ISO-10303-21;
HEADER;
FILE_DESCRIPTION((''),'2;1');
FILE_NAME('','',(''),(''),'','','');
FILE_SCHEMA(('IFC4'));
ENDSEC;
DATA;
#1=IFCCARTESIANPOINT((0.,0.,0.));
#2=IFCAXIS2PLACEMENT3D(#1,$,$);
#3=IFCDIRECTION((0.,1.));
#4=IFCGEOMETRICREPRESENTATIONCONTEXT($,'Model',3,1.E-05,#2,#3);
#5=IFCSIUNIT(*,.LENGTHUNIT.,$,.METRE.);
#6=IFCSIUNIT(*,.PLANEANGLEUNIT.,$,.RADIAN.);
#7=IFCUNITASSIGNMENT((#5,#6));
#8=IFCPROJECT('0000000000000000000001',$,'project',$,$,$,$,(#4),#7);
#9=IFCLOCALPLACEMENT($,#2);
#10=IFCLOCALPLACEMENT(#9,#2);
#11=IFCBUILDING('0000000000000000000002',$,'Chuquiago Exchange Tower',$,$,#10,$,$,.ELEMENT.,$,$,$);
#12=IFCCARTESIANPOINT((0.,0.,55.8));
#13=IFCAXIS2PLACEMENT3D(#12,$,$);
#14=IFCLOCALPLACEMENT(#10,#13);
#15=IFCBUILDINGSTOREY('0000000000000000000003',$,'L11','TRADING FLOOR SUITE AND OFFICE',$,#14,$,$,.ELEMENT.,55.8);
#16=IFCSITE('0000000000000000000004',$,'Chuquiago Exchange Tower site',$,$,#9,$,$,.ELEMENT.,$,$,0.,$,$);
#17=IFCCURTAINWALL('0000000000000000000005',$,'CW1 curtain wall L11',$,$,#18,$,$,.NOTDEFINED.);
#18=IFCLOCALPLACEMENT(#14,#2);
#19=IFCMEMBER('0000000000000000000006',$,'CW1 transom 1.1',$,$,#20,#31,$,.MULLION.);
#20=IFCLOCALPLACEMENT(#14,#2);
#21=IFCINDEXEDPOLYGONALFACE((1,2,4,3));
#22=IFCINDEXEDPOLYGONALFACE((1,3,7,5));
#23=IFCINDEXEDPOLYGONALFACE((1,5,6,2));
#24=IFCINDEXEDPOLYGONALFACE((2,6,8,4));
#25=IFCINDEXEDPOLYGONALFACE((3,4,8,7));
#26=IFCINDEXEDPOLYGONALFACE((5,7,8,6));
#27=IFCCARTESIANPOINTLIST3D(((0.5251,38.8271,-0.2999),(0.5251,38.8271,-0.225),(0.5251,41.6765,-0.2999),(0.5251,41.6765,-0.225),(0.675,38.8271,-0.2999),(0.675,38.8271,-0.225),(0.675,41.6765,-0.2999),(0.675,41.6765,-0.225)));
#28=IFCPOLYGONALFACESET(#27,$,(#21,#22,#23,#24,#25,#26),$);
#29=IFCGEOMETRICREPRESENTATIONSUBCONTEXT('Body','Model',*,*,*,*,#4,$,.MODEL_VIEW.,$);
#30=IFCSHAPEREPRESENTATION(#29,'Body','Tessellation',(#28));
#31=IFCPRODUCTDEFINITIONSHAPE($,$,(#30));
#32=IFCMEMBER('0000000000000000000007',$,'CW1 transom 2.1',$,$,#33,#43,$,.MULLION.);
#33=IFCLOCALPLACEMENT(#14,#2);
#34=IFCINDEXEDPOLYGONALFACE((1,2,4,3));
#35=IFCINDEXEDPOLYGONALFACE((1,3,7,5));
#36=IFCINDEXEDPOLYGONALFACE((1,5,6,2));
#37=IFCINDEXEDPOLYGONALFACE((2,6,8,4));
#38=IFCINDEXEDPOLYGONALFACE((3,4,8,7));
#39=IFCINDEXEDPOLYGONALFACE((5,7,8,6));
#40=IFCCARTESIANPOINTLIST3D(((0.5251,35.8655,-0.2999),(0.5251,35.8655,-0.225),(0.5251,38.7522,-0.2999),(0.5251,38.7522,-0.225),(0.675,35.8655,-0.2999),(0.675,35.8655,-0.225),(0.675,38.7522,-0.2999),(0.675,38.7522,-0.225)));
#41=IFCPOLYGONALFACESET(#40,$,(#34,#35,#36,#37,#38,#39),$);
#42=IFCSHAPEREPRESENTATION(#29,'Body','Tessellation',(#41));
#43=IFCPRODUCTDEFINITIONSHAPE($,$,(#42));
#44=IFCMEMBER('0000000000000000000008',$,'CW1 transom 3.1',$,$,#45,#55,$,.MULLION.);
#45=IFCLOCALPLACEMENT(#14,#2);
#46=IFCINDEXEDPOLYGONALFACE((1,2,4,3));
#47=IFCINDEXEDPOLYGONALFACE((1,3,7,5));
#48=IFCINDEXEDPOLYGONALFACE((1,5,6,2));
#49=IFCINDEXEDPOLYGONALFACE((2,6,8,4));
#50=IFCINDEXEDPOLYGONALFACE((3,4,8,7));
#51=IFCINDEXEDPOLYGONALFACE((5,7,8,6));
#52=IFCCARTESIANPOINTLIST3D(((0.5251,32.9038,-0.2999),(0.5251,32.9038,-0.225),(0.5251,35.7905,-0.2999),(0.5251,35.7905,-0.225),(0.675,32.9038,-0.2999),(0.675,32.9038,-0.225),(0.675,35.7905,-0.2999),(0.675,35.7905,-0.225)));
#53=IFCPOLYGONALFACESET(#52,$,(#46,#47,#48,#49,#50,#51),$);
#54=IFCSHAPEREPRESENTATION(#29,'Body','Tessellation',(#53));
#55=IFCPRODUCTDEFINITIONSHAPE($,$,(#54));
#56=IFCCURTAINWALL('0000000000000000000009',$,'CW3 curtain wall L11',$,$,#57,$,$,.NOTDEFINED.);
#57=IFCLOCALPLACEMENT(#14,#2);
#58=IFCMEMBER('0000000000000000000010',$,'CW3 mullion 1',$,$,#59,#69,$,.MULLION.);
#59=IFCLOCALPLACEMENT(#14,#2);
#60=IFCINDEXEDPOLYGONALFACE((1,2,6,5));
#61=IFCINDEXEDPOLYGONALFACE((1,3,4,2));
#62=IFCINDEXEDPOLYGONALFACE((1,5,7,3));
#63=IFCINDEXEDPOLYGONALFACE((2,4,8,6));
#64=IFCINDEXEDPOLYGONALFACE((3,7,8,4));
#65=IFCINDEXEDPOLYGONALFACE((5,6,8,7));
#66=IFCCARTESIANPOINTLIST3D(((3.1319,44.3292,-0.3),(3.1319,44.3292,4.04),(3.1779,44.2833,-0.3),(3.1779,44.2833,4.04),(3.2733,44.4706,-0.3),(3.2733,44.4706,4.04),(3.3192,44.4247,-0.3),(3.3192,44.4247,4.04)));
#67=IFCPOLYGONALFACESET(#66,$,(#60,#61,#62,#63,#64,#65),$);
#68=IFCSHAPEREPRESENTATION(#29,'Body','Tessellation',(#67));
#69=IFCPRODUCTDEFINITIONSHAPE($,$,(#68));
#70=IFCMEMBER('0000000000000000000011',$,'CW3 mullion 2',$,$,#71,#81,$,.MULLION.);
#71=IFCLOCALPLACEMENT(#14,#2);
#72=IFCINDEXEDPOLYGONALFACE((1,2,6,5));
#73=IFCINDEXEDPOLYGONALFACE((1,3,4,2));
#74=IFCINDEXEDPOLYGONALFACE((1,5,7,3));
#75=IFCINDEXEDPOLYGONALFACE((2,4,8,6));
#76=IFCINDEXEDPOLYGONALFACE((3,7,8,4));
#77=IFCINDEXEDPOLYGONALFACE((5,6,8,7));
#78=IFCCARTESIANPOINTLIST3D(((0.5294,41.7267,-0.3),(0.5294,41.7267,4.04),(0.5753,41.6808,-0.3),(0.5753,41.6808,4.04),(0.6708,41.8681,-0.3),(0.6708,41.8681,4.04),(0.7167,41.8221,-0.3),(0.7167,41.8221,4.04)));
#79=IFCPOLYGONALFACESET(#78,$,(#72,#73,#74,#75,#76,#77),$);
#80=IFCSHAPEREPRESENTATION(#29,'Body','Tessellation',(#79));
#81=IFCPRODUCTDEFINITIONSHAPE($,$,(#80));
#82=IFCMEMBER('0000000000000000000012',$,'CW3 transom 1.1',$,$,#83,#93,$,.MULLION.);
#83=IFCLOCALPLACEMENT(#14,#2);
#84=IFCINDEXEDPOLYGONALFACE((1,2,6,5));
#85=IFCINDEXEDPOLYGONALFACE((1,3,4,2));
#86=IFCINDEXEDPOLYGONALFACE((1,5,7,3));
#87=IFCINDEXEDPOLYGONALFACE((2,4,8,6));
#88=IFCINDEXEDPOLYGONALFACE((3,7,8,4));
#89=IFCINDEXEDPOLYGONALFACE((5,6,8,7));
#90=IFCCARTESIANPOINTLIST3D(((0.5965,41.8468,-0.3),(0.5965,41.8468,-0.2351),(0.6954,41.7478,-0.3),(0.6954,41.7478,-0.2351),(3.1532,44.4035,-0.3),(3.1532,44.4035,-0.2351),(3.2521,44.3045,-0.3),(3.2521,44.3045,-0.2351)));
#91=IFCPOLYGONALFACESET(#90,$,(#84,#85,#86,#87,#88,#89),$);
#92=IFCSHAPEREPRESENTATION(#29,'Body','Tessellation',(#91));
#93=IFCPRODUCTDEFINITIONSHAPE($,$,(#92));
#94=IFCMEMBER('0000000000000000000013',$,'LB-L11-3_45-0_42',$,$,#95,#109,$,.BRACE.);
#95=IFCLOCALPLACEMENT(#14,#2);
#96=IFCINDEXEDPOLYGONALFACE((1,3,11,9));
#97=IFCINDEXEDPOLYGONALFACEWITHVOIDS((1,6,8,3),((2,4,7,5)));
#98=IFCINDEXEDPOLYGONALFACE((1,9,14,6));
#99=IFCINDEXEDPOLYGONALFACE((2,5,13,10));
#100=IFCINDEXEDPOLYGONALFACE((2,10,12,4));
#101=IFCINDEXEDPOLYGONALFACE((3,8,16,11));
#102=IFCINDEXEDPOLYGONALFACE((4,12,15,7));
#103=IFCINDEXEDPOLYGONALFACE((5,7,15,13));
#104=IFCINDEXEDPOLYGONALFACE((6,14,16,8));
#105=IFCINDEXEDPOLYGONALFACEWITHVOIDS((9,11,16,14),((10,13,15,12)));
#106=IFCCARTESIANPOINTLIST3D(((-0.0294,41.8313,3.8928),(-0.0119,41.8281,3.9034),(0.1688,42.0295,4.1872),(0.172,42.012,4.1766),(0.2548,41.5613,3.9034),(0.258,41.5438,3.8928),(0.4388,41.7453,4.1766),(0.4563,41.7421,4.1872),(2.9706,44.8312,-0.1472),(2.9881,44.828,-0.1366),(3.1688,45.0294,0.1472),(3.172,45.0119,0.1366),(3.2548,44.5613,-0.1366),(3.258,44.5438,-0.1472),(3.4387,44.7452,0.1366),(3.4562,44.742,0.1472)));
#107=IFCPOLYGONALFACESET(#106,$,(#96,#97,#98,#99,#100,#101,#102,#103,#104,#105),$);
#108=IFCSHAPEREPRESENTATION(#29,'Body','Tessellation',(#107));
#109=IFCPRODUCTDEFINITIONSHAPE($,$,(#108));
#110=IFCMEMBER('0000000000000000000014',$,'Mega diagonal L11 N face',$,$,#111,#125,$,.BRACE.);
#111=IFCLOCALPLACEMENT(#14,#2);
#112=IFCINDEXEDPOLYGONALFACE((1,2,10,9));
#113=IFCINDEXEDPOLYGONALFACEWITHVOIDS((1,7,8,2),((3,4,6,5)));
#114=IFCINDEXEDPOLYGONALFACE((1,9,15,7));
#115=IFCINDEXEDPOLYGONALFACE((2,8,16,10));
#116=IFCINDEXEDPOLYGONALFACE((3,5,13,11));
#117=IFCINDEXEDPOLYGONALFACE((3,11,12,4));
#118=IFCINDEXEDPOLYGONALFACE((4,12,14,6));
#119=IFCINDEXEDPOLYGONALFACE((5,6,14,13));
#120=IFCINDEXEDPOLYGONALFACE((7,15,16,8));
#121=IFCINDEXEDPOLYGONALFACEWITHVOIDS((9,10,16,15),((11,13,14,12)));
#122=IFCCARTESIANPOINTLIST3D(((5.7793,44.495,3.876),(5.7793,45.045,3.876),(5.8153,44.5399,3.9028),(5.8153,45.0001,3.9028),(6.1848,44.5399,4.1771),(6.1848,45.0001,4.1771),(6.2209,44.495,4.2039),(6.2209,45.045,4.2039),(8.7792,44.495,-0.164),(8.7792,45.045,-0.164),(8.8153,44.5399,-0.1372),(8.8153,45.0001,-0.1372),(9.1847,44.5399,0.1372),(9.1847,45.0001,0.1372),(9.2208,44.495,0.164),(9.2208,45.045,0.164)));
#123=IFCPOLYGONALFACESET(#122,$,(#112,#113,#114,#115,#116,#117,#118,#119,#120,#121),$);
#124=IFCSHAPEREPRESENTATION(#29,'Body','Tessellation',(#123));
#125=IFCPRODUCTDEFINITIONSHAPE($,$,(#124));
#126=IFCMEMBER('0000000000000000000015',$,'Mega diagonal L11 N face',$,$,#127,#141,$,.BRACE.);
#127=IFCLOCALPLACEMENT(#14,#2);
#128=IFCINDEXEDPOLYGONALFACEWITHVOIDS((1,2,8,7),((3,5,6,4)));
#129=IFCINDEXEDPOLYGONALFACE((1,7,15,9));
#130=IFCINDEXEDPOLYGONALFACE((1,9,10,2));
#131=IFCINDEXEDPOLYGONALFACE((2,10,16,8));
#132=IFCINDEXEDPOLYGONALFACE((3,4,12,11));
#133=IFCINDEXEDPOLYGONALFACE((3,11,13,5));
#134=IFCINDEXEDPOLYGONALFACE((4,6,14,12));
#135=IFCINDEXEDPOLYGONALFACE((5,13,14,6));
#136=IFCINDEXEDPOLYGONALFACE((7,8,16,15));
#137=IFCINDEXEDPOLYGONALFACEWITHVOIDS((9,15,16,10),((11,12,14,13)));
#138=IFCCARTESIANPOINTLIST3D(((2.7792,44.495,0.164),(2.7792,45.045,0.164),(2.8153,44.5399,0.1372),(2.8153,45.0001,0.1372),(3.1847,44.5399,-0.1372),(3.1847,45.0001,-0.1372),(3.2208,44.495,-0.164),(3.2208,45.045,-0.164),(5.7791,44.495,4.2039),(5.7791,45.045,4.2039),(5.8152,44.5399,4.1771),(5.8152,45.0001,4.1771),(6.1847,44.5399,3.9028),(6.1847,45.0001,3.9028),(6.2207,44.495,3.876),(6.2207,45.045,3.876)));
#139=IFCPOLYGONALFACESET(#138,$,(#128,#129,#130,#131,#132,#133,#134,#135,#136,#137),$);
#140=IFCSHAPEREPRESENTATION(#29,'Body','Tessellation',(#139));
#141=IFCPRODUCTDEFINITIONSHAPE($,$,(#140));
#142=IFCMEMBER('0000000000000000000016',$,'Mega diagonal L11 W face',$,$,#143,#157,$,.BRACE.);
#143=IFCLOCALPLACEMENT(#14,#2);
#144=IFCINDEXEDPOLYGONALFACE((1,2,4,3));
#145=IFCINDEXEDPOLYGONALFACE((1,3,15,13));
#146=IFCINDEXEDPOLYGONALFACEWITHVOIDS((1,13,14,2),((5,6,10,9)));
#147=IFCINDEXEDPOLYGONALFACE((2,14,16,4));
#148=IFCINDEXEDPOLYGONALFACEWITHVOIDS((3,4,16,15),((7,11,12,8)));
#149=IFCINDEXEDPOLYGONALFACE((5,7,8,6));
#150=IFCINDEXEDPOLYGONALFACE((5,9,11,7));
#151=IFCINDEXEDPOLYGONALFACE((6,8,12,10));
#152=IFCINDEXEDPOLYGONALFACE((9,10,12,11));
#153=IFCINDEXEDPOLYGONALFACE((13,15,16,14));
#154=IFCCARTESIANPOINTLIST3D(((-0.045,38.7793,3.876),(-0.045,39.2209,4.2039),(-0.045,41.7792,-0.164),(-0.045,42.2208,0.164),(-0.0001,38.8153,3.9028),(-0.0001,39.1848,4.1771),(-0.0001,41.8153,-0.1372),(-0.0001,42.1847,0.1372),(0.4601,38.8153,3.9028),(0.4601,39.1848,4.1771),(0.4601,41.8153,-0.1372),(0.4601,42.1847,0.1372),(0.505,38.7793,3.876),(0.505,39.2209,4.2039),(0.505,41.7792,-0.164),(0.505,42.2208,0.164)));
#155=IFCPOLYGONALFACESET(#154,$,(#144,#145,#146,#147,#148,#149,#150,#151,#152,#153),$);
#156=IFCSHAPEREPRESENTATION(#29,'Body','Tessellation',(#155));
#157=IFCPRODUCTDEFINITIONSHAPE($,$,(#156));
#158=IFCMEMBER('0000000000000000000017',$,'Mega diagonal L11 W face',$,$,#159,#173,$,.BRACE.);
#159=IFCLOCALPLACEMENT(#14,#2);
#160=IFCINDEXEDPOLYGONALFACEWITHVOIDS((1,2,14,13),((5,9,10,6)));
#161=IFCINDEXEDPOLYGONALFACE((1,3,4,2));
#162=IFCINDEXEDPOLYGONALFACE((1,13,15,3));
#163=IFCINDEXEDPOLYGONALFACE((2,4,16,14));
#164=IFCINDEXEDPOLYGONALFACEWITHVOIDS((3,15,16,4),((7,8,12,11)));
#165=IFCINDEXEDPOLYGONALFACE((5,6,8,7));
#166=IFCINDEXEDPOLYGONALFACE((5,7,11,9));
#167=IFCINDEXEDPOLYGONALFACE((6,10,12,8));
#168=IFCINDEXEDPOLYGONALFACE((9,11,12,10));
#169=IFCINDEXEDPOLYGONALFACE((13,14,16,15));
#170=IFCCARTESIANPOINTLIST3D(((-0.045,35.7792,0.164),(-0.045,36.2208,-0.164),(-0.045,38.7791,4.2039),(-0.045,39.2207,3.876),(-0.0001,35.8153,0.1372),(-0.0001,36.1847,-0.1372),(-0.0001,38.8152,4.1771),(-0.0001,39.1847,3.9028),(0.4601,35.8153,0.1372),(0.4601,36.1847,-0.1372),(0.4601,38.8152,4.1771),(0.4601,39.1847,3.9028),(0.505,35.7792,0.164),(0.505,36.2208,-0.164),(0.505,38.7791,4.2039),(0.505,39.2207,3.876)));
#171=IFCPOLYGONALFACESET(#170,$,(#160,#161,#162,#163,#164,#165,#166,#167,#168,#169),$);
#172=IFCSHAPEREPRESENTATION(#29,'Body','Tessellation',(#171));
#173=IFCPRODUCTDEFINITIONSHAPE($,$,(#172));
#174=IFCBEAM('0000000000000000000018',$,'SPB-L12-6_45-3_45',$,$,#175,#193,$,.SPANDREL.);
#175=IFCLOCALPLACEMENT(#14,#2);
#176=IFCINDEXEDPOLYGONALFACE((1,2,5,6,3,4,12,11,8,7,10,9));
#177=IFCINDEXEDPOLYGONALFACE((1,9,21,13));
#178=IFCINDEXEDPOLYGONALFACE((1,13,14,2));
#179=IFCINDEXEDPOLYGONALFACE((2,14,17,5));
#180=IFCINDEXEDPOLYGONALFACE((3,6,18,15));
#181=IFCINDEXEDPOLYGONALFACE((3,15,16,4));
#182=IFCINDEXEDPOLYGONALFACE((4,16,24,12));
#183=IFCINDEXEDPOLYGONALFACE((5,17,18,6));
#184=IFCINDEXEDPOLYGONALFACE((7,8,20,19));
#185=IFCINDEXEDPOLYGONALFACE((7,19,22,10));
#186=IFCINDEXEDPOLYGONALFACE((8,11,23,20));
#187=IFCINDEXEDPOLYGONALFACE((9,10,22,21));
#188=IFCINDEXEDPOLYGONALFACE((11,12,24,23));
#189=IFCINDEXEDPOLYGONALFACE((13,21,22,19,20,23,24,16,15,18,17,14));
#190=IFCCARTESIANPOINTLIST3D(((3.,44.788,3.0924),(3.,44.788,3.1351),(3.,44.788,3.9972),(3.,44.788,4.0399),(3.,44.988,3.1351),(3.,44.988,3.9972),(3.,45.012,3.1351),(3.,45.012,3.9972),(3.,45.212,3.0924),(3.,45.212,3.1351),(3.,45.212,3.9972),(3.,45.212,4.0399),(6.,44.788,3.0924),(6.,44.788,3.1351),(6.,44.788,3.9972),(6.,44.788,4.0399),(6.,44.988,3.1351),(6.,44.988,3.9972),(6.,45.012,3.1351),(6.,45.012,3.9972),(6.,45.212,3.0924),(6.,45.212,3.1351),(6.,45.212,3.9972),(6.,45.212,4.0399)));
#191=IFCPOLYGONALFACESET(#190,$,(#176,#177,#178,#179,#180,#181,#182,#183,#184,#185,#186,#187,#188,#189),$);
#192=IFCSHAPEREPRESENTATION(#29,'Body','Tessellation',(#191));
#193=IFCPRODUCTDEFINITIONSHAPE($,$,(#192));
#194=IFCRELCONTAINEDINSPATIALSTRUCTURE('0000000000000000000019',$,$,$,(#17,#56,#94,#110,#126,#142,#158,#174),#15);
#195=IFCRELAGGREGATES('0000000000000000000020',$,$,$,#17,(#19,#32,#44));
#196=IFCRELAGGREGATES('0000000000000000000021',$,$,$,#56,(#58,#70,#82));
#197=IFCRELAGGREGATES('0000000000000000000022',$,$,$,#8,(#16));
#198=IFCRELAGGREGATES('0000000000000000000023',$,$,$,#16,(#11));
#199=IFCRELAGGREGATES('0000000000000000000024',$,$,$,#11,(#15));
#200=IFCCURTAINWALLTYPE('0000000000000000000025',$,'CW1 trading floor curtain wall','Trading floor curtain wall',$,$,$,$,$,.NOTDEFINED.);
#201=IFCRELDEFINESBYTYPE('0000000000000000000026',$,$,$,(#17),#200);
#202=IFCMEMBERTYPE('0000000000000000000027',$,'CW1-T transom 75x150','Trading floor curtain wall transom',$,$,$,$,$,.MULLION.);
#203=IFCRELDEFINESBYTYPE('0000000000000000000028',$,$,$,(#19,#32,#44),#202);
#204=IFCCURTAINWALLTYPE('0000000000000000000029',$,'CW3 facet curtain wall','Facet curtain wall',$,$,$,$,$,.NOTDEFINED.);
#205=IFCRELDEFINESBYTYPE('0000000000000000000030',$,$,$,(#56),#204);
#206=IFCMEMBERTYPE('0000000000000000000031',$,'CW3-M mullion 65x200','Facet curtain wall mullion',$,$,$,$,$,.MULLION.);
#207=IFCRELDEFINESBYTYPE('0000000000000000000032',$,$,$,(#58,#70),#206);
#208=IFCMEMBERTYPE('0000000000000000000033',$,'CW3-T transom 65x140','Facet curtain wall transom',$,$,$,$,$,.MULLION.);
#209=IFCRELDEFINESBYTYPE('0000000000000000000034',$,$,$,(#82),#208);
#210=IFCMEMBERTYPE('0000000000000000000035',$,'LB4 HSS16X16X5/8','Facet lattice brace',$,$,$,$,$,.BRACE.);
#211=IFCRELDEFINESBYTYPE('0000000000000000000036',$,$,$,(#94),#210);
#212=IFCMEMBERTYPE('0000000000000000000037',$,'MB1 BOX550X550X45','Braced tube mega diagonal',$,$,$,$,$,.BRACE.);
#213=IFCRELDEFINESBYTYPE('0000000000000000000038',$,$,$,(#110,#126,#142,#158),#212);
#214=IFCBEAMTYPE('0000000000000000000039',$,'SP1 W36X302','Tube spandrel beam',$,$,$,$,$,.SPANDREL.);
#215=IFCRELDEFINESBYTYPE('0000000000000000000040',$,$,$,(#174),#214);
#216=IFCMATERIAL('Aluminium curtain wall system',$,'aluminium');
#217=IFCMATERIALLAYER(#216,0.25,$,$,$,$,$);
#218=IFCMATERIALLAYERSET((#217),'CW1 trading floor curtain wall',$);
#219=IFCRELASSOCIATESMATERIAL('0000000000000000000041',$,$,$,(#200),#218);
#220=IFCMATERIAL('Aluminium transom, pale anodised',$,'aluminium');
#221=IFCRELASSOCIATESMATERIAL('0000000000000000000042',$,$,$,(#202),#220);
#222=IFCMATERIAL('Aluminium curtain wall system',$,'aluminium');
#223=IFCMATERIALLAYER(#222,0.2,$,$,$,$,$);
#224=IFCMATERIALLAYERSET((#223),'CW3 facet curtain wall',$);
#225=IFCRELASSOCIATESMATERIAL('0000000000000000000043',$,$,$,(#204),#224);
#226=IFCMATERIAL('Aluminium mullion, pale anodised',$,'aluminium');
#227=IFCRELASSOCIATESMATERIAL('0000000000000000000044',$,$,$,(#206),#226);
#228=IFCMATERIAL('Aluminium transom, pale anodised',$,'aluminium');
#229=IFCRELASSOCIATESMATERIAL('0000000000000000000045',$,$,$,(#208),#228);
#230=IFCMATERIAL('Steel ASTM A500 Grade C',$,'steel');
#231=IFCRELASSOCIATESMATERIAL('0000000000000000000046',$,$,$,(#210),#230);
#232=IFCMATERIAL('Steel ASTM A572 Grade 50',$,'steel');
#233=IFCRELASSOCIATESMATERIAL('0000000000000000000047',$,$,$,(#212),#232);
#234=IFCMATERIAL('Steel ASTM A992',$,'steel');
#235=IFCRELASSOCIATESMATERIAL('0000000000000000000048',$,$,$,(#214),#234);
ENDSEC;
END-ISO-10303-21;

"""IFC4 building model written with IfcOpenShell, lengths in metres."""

from ifc_helpers import new_model, si_unit, direction, frame, origin, origin_2d, place, context, subcontext, project, spatial, rectangle, hollow_rectangle, i_section, extrude, material, layer, layer_set, material_profile, profile_set, type_object, element, aggregate, save


model = new_model("IFC4")

# Units and contexts
model_context = context("Model", 3, precision=1e-05, world=origin(), true_north=direction((0.0, 1.0)))
body_context = subcontext(model_context, "Body", "Model", "MODEL_VIEW")
ifc_project = project(units=[si_unit("LENGTHUNIT", "METRE"), si_unit("PLANEANGLEUNIT", "RADIAN")], contexts=[model_context])

# Site, building, storey
site_placement = place(None, origin())
site = spatial("IfcSite", under=ifc_project, at=site_placement, Name="Chuquiago Exchange Tower site", CompositionType="ELEMENT", RefElevation=0.0)
building_placement = place(site_placement, origin())
building = spatial("IfcBuilding", under=site, at=building_placement, Name="Chuquiago Exchange Tower", CompositionType="ELEMENT")
storey_placement = place(building_placement, frame((0.0, 0.0, 55.8)))
storey = spatial("IfcBuildingStorey", under=building, at=storey_placement, Name="L11", Description="TRADING FLOOR SUITE AND OFFICE", CompositionType="ELEMENT", Elevation=55.8)

# Curtain wall
ifc_material_1 = material(Name="Aluminium curtain wall system", Category="aluminium")
ifc_layer_1 = layer(ifc_material_1, 0.25)
ifc_layer_set_1 = layer_set([ifc_layer_1], Name="CW1 trading floor curtain wall")
curtain_wall_type_1 = type_object("IfcCurtainWallType", Name="CW1 trading floor curtain wall", Description="Trading floor curtain wall", PredefinedType="NOTDEFINED", material=ifc_layer_set_1)
curtain_wall_1_placement = place(storey_placement, origin())
curtain_wall_1 = element("IfcCurtainWall", 1, at=curtain_wall_1_placement, inside=storey, type_object=curtain_wall_type_1, Name="CW1 curtain wall L11", PredefinedType="NOTDEFINED")

# Members
ifc_material_2 = material(Name="Aluminium transom, pale anodised", Category="aluminium")
ifc_material_profile_1 = material_profile(ifc_material_2, rectangle(XDim=0.1499, YDim=0.075, at=origin_2d()), Name="AL 150x75")
ifc_profile_set_1 = profile_set([ifc_material_profile_1], Name="Aluminium transom, pale anodised")
member_type_1 = type_object("IfcMemberType", Name="CW1-T transom 75x150", Description="Trading floor curtain wall transom", PredefinedType="MULLION", material=ifc_profile_set_1)
member_1_placement = place(storey_placement, frame((0.6001, 41.6765, -0.2625), z_axis=(0.0, -1.0, 0.0), x_axis=(1.0, 0.0, 0.0)))
member_1 = element("IfcMember", 2, at=member_1_placement, type_object=member_type_1, Name="CW1 transom 1.1", PredefinedType="MULLION", context=body_context, shape_type="SweptSolid", body=[
    extrude(rectangle(XDim=0.1499, YDim=0.075, at=origin_2d()), origin(), (0.0, 0.0, 1.0), 2.8494),
])
member_2_placement = place(storey_placement, frame((0.6001, 38.7522, -0.2625), z_axis=(0.0, -1.0, 0.0), x_axis=(1.0, 0.0, 0.0)))
member_2 = element("IfcMember", 3, at=member_2_placement, type_object=member_type_1, Name="CW1 transom 2.1", PredefinedType="MULLION", context=body_context, shape_type="SweptSolid", body=[
    extrude(rectangle(XDim=0.1499, YDim=0.075, at=origin_2d()), origin(), (0.0, 0.0, 1.0), 2.8867),
])
member_3_placement = place(storey_placement, frame((0.6001, 35.7905, -0.2625), z_axis=(0.0, -1.0, 0.0), x_axis=(1.0, 0.0, 0.0)))
member_3 = element("IfcMember", 4, at=member_3_placement, type_object=member_type_1, Name="CW1 transom 3.1", PredefinedType="MULLION", context=body_context, shape_type="SweptSolid", body=[
    extrude(rectangle(XDim=0.1499, YDim=0.075, at=origin_2d()), origin(), (0.0, 0.0, 1.0), 2.8867),
])

# Curtain wall, members
ifc_material_3 = material(Name="Aluminium curtain wall system", Category="aluminium")
ifc_layer_2 = layer(ifc_material_3, 0.2)
ifc_layer_set_2 = layer_set([ifc_layer_2], Name="CW3 facet curtain wall")
curtain_wall_type_2 = type_object("IfcCurtainWallType", Name="CW3 facet curtain wall", Description="Facet curtain wall", PredefinedType="NOTDEFINED", material=ifc_layer_set_2)
curtain_wall_2_placement = place(storey_placement, origin())
curtain_wall_2 = element("IfcCurtainWall", 5, at=curtain_wall_2_placement, inside=storey, type_object=curtain_wall_type_2, Name="CW3 curtain wall L11", PredefinedType="NOTDEFINED")
ifc_material_4 = material(Name="Aluminium mullion, pale anodised", Category="aluminium")
ifc_material_profile_2 = material_profile(ifc_material_4, rectangle(XDim=0.0649, YDim=0.2, at=origin_2d()), Name="AL 65x200")
ifc_profile_set_2 = profile_set([ifc_material_profile_2], Name="Aluminium mullion, pale anodised")
member_type_2 = type_object("IfcMemberType", Name="CW3-M mullion 65x200", Description="Facet curtain wall mullion", PredefinedType="MULLION", material=ifc_profile_set_2)
member_4_placement = place(storey_placement, frame((3.2256, 44.377, -0.3), z_axis=(0.0, 0.0, 1.0), x_axis=(0.707107, -0.707107, 0.0)))
member_4 = element("IfcMember", 6, at=member_4_placement, type_object=member_type_2, Name="CW3 mullion 1", PredefinedType="MULLION", context=body_context, shape_type="SweptSolid", body=[
    extrude(rectangle(XDim=0.0649, YDim=0.2, at=origin_2d()), origin(), (0.0, 0.0, 1.0), 4.3401),
])
member_5_placement = place(storey_placement, frame((0.623, 41.7744, -0.3), z_axis=(0.0, 0.0, 1.0), x_axis=(0.707107, -0.707107, 0.0)))
member_5 = element("IfcMember", 7, at=member_5_placement, type_object=member_type_2, Name="CW3 mullion 2", PredefinedType="MULLION", context=body_context, shape_type="SweptSolid", body=[
    extrude(rectangle(XDim=0.0649, YDim=0.2, at=origin_2d()), origin(), (0.0, 0.0, 1.0), 4.3401),
])
ifc_material_5 = material(Name="Aluminium transom, pale anodised", Category="aluminium")
ifc_material_profile_3 = material_profile(ifc_material_5, rectangle(XDim=0.1399, YDim=0.0649, at=origin_2d()), Name="AL 140x65")
ifc_profile_set_3 = profile_set([ifc_material_profile_3], Name="Aluminium transom, pale anodised")
member_type_3 = type_object("IfcMemberType", Name="CW3-T transom 65x140", Description="Facet curtain wall transom", PredefinedType="MULLION", material=ifc_profile_set_3)
member_6_placement = place(storey_placement, frame((3.2026, 44.354, -0.2676), z_axis=(-0.707107, -0.707107, 0.0), x_axis=(0.707107, -0.707107, 0.0)))
member_6 = element("IfcMember", 8, at=member_6_placement, type_object=member_type_3, Name="CW3 transom 1.1", PredefinedType="MULLION", context=body_context, shape_type="SweptSolid", body=[
    extrude(rectangle(XDim=0.1399, YDim=0.0649, at=origin_2d()), origin(), (0.0, 0.0, 1.0), 3.6157),
])

# Members
ifc_material_6 = material(Name="Steel ASTM A500 Grade C", Category="steel")
ifc_material_profile_4 = material_profile(ifc_material_6, hollow_rectangle(XDim=0.4065, YDim=0.4065, WallThickness=0.0146, at=origin_2d()), Name="HSS16X16X5/8")
ifc_profile_set_4 = profile_set([ifc_material_profile_4], Name="Steel ASTM A500 Grade C")
member_type_4 = type_object("IfcMemberType", Name="LB4 HSS16X16X5/8", Description="Facet lattice brace", PredefinedType="BRACE", material=ifc_profile_set_4)
member_7_placement = place(storey_placement, frame((3.2134, 44.7866, 0.0), z_axis=(-0.512077, -0.512077, 0.689604), x_axis=(0.707107, -0.707107, 0.0)))
element("IfcMember", 9, at=member_7_placement, inside=storey, type_object=member_type_4, Name="LB-L11-3_45-0_42", PredefinedType="BRACE", context=body_context, shape_type="SweptSolid", body=[
    extrude(hollow_rectangle(XDim=0.4065, YDim=0.4065, WallThickness=0.0146, at=origin_2d()), origin(), (0.0, 0.0, 1.0), 5.8584),
])
ifc_material_7 = material(Name="Steel ASTM A572 Grade 50", Category="steel")
ifc_material_profile_5 = material_profile(ifc_material_7, hollow_rectangle(XDim=0.55, YDim=0.55, WallThickness=0.0449, at=origin_2d()), Name="BOX550X550X45")
ifc_profile_set_5 = profile_set([ifc_material_profile_5], Name="Steel ASTM A572 Grade 50")
member_type_5 = type_object("IfcMemberType", Name="MB1 BOX550X550X45", Description="Braced tube mega diagonal", PredefinedType="BRACE", material=ifc_profile_set_5)
for number, where, z_axis, x_axis, name in (
    (10, (9.0, 44.77, 0.0), (-0.596174, 0.0, 0.802855), (0.0, -1.0, 0.0), "Mega diagonal L11 N face"),
    (11, (3.0, 44.77, 0.0), (0.596174, 0.0, 0.802855), (0.0, 1.0, 0.0), "Mega diagonal L11 N face"),
    (12, (0.23, 42.0, 0.0), (0.0, -0.596174, 0.802855), (1.0, 0.0, 0.0), "Mega diagonal L11 W face"),
    (13, (0.23, 36.0, 0.0), (0.0, 0.596174, 0.802855), (-1.0, 0.0, 0.0), "Mega diagonal L11 W face"),
):
    element("IfcMember", number, at=place(storey_placement, frame(where, z_axis=z_axis, x_axis=x_axis)), inside=storey, type_object=member_type_5, Name=name, PredefinedType="BRACE", context=body_context, shape_type="SweptSolid", body=[
        extrude(hollow_rectangle(XDim=0.55, YDim=0.55, WallThickness=0.0449, at=origin_2d()), origin(), (0.0, 0.0, 1.0), 5.032),
    ])

# Beam
ifc_material_8 = material(Name="Steel ASTM A992", Category="steel")
ifc_material_profile_6 = material_profile(ifc_material_8, i_section(OverallWidth=0.4241, OverallDepth=0.9475, WebThickness=0.0239, FlangeThickness=0.0427, at=origin_2d()), Name="W36X302")
ifc_profile_set_6 = profile_set([ifc_material_profile_6], Name="Steel ASTM A992")
beam_type = type_object("IfcBeamType", Name="SP1 W36X302", Description="Tube spandrel beam", PredefinedType="SPANDREL", material=ifc_profile_set_6)
beam_1_placement = place(storey_placement, frame((6.0, 45.0, 3.5662), z_axis=(-1.0, 0.0, 0.0), x_axis=(0.0, -1.0, 0.0)))
element("IfcBeam", 14, at=beam_1_placement, inside=storey, type_object=beam_type, Name="SPB-L12-6_45-3_45", PredefinedType="SPANDREL", context=body_context, shape_type="SweptSolid", body=[
    extrude(i_section(OverallWidth=0.4241, OverallDepth=0.9475, WebThickness=0.0239, FlangeThickness=0.0427, at=origin_2d()), origin(), (0.0, 0.0, 1.0), 3.0),
])

aggregate(curtain_wall_1, [member_1, member_2, member_3])
aggregate(curtain_wall_2, [member_4, member_5, member_6])

save(model, "model.ifc")
